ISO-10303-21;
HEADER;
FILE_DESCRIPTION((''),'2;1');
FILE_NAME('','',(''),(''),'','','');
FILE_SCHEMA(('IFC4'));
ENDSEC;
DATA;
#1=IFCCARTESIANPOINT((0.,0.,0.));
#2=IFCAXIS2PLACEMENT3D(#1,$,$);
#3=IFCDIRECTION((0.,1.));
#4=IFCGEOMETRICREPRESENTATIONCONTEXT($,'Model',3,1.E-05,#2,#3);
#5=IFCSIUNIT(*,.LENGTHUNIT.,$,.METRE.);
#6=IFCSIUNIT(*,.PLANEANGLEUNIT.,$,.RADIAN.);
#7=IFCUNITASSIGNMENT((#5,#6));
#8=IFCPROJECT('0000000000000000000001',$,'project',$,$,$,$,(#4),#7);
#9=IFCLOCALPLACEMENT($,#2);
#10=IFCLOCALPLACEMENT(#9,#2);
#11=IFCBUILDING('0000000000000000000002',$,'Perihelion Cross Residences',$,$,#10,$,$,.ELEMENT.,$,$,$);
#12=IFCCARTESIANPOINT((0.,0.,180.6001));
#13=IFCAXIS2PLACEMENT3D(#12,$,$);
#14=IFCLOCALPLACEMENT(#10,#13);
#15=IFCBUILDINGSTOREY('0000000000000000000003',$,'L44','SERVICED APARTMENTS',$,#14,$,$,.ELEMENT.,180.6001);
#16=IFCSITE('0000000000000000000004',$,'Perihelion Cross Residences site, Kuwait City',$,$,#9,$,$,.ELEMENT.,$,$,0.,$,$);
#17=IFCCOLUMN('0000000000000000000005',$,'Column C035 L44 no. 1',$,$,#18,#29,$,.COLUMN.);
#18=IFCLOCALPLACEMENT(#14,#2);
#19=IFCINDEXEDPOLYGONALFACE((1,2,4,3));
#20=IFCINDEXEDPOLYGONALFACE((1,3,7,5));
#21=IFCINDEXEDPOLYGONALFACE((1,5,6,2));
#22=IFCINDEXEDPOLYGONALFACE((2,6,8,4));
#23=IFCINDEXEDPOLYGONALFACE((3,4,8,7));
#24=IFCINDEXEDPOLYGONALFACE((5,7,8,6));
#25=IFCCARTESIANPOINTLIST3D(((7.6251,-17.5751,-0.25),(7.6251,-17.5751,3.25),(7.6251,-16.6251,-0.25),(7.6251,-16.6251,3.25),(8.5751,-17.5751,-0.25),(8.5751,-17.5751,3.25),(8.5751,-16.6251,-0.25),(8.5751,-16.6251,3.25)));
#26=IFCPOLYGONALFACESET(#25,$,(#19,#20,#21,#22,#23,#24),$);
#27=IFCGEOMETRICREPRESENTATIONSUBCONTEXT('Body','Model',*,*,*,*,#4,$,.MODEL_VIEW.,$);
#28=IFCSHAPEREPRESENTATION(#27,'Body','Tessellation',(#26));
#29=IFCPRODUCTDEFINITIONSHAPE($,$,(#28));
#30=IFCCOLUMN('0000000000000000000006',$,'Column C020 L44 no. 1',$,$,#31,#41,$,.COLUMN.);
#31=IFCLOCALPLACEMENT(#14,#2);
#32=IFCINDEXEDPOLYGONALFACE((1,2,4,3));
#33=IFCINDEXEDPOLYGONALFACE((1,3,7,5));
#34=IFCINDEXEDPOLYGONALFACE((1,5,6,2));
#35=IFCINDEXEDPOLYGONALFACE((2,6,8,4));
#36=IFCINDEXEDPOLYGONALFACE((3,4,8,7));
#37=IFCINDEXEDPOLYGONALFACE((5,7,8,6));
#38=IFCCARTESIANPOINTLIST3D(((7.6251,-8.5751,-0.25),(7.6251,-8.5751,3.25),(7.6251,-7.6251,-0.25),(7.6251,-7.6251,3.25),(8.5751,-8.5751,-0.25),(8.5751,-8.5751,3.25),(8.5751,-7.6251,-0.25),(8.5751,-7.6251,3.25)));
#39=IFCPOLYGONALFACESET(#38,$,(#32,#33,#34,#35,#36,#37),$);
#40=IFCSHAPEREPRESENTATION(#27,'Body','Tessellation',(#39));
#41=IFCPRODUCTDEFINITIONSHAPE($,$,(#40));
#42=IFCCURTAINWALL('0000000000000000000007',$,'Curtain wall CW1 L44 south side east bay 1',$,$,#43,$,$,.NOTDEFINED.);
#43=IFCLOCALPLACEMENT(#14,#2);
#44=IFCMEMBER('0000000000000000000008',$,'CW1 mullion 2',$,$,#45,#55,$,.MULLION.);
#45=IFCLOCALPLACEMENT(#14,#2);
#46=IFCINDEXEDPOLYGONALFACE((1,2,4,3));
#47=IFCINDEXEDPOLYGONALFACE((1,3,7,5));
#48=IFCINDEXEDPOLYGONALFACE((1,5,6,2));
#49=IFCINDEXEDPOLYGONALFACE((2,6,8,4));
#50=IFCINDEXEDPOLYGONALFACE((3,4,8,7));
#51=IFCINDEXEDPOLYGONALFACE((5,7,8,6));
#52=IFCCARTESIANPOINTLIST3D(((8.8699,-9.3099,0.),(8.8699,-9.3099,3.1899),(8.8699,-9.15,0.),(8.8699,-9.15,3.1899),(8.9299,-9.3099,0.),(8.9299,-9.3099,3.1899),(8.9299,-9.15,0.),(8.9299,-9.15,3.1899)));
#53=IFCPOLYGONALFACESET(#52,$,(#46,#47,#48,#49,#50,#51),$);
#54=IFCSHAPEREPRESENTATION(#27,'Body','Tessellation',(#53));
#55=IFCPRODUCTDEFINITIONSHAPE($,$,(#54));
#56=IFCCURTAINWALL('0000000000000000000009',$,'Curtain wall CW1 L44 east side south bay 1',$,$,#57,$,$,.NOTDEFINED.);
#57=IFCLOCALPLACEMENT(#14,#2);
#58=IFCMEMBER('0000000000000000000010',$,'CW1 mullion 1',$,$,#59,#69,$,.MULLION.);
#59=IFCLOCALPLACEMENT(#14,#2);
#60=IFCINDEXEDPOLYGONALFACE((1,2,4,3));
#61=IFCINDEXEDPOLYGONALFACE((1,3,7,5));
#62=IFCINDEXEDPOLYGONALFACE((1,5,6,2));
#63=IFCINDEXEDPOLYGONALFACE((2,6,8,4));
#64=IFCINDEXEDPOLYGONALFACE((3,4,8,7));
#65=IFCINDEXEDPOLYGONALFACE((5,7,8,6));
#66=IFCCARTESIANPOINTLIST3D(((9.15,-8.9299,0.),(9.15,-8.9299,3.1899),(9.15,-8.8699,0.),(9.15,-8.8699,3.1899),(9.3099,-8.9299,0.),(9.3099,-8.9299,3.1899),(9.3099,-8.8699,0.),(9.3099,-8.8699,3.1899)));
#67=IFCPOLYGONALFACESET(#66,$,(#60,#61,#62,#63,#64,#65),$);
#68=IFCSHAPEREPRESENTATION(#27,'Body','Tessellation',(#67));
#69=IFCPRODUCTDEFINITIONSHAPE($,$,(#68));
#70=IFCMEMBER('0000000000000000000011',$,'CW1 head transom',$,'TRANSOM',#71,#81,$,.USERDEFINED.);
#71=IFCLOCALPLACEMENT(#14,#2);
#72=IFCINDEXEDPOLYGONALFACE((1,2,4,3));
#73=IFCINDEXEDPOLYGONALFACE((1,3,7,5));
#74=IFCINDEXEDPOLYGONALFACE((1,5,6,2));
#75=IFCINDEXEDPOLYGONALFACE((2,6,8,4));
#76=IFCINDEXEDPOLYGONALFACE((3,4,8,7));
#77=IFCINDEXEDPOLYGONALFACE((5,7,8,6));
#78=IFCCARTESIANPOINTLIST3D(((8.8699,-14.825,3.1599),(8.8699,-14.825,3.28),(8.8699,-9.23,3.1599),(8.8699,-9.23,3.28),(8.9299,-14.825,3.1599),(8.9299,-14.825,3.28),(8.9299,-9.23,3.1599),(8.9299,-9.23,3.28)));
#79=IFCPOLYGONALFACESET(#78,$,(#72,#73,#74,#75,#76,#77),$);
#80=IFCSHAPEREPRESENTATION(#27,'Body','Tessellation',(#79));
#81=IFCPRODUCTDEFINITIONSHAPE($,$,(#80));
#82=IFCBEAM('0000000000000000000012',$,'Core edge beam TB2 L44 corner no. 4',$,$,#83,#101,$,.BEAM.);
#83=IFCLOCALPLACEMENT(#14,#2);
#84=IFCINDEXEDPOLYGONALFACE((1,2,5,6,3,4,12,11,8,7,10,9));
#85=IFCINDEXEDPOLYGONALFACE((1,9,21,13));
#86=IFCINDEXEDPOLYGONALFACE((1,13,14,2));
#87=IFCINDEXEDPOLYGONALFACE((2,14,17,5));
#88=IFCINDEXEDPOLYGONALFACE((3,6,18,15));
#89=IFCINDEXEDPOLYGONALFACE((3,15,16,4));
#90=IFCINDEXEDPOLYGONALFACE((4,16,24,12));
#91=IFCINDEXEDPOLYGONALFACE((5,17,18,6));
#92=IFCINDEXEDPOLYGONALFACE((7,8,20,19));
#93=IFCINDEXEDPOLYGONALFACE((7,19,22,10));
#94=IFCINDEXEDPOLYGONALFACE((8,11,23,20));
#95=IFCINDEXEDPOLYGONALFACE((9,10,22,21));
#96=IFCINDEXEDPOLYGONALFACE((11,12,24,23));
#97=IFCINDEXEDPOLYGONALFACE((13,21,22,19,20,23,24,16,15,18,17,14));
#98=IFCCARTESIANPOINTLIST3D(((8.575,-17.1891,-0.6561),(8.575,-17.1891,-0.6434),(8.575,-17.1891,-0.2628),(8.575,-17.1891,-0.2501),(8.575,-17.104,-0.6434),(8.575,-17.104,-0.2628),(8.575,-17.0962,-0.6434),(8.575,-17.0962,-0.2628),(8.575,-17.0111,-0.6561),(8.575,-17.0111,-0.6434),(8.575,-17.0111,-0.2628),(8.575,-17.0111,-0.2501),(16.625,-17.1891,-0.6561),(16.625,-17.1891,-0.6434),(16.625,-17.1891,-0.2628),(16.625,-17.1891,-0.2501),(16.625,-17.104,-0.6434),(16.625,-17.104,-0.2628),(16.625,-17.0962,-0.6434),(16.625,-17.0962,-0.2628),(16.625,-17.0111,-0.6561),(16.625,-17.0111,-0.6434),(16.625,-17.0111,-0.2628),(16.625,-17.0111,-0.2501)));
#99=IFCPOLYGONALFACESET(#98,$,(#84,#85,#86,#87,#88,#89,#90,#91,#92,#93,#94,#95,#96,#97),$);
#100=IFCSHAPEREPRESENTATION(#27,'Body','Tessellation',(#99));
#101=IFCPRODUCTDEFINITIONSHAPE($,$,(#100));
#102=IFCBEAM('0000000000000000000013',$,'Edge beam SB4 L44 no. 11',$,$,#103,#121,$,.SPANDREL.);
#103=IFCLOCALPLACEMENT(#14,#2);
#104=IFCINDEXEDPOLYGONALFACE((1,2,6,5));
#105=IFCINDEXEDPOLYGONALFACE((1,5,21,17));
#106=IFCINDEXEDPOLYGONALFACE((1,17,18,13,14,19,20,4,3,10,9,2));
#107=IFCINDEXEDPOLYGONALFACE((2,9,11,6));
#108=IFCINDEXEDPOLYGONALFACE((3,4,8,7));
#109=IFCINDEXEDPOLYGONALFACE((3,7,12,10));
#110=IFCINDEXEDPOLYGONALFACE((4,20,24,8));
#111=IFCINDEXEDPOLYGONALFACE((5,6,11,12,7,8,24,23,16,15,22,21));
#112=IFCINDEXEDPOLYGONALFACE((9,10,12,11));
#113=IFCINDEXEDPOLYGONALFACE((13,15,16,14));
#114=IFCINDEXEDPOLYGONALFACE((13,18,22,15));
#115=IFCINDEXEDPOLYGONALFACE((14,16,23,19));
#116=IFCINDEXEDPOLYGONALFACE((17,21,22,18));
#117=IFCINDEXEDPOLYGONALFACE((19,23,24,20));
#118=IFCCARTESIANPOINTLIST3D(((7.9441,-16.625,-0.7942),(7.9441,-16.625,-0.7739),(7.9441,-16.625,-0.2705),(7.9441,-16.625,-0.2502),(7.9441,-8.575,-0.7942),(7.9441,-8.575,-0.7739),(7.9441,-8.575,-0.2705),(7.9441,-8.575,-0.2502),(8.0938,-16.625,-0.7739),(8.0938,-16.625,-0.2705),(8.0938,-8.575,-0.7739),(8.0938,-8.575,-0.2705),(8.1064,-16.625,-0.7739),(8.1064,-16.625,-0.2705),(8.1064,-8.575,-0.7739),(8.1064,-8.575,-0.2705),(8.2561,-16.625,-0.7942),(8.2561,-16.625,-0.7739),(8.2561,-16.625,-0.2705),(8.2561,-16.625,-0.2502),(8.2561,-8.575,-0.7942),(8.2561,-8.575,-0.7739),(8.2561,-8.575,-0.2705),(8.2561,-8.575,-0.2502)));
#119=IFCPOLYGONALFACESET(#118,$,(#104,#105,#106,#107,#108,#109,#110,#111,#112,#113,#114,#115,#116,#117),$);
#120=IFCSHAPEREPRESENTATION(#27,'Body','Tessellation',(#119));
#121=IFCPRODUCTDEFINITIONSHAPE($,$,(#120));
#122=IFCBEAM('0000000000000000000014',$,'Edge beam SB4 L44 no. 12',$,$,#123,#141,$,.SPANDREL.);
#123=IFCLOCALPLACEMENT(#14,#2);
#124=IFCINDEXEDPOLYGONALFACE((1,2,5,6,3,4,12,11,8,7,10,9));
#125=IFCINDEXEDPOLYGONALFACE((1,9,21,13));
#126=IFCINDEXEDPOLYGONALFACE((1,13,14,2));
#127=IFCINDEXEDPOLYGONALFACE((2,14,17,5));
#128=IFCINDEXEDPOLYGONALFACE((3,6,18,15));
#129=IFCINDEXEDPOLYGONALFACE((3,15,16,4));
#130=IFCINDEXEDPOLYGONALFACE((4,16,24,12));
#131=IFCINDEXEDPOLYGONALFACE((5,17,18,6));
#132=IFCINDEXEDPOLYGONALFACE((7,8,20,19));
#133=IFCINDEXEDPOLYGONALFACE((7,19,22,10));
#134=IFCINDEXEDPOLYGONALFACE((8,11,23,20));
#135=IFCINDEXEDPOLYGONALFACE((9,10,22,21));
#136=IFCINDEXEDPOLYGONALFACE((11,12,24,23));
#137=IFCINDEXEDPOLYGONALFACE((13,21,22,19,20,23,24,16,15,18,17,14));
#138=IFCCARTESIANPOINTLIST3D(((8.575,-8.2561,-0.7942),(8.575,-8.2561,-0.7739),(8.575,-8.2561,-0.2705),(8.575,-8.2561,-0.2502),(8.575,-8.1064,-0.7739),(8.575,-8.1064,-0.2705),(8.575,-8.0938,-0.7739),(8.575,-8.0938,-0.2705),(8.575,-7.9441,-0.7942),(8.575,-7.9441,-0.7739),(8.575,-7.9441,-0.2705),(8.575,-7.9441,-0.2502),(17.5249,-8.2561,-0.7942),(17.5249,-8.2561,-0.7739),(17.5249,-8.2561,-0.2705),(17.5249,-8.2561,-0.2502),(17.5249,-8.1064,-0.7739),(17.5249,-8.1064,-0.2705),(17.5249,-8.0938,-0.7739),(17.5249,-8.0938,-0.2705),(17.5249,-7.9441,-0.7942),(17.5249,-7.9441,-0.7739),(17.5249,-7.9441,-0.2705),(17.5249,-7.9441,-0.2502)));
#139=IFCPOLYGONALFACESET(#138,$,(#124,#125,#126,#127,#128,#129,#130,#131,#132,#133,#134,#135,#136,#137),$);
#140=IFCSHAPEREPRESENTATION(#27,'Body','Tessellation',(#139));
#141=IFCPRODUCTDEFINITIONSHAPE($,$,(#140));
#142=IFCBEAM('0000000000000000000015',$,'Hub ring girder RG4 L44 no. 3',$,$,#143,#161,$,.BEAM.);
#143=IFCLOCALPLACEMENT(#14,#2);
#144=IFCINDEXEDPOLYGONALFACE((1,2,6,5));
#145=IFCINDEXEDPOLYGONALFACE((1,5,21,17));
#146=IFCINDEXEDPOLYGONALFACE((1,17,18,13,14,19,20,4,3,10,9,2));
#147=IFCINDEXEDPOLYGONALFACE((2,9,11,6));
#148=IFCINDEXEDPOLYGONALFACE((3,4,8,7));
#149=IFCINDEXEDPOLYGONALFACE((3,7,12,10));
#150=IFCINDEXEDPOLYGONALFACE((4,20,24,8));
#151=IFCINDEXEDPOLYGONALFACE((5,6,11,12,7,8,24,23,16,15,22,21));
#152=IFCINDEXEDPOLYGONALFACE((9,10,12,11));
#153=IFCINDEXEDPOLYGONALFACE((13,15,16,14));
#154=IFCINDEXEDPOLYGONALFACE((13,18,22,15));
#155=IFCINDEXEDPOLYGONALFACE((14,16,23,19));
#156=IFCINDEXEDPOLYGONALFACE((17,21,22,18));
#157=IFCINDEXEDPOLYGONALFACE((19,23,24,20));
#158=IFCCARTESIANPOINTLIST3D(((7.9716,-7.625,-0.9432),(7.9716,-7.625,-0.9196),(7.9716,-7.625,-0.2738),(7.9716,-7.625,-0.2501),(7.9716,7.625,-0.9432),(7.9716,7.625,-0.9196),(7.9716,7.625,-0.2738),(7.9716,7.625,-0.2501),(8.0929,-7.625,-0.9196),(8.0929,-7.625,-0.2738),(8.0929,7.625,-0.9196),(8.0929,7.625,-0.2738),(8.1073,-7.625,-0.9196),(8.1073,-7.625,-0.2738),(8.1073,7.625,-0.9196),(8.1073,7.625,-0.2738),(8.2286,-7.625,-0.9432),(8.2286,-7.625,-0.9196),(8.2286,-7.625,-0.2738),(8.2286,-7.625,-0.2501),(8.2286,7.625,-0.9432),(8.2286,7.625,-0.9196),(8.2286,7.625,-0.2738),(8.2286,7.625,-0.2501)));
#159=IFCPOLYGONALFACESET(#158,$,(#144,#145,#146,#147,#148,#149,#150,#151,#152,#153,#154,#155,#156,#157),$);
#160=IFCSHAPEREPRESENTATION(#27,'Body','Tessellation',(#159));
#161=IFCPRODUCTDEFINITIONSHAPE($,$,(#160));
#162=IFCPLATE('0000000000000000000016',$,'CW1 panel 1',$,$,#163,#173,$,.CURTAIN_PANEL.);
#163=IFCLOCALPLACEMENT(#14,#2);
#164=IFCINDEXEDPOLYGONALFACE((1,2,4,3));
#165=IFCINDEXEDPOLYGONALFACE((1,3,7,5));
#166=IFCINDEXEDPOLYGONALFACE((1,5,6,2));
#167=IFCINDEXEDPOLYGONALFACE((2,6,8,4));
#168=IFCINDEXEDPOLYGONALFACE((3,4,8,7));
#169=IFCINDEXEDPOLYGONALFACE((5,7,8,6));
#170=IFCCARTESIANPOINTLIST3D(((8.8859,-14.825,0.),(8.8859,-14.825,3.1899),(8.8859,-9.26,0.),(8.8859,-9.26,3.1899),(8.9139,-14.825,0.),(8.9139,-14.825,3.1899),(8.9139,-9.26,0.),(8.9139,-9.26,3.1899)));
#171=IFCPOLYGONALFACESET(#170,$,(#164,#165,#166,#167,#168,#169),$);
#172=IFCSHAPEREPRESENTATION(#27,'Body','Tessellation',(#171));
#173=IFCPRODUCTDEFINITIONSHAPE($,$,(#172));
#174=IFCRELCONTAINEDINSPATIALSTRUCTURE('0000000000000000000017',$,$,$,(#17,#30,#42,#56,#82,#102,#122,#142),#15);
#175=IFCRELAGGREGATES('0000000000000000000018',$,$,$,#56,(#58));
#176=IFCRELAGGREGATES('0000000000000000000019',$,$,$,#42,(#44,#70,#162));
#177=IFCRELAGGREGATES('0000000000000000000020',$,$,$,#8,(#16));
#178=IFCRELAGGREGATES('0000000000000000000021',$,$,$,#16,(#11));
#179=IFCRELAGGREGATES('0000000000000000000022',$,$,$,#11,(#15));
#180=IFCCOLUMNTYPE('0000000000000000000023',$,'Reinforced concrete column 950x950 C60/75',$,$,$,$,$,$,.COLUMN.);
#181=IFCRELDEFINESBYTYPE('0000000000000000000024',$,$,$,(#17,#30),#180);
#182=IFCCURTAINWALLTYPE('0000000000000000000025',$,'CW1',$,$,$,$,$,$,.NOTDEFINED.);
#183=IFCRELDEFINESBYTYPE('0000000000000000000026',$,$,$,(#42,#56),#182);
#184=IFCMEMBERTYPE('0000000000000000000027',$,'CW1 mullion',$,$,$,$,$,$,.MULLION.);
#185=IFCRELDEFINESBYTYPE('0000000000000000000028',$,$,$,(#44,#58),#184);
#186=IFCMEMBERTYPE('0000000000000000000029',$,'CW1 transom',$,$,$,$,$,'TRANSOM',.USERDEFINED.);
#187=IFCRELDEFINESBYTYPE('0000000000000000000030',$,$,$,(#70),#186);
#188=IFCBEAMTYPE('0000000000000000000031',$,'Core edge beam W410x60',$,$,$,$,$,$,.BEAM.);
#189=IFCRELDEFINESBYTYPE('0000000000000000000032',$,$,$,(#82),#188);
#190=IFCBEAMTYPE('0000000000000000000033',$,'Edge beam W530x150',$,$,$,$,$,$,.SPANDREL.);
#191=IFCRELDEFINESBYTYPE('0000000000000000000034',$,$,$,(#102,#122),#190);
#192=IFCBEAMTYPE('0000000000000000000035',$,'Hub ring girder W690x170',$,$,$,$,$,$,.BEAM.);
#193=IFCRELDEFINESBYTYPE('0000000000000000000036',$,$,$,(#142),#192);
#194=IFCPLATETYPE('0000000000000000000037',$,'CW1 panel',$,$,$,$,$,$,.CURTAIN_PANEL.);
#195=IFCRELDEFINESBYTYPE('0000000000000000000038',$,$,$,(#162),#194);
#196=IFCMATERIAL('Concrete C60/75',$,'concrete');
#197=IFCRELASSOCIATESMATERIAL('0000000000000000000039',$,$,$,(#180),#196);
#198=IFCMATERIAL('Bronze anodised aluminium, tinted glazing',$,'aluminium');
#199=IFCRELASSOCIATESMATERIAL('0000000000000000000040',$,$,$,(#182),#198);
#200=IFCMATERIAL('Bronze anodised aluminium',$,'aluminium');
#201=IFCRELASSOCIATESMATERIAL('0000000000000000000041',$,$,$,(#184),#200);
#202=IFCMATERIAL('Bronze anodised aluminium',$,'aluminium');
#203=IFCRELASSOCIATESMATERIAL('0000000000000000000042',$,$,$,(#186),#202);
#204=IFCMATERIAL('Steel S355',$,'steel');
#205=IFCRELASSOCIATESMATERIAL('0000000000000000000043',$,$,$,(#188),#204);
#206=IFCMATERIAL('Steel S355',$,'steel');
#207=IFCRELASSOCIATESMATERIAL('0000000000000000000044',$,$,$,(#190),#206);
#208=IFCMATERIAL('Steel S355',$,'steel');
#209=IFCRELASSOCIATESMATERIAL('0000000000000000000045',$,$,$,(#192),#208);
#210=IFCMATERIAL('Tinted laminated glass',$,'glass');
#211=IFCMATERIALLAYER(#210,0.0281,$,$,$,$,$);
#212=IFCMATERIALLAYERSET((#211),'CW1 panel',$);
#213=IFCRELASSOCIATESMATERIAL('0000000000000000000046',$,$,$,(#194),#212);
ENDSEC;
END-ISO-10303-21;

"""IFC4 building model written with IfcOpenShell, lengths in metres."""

from ifc_helpers import new_model, si_unit, direction, frame, origin, origin_2d, place, context, subcontext, project, spatial, rectangle, i_section, extrude, material, layer, layer_set, material_profile, profile_set, type_object, element, aggregate, save


model = new_model("IFC4")

# Units and contexts
model_context = context("Model", 3, precision=1e-05, world=origin(), true_north=direction((0.0, 1.0)))
body_context = subcontext(model_context, "Body", "Model", "MODEL_VIEW")
ifc_project = project(units=[si_unit("LENGTHUNIT", "METRE"), si_unit("PLANEANGLEUNIT", "RADIAN")], contexts=[model_context])

# Site, building, storey
site_placement = place(None, origin())
site = spatial("IfcSite", under=ifc_project, at=site_placement, Name="Perihelion Cross Residences site, Kuwait City", CompositionType="ELEMENT", RefElevation=0.0)
building_placement = place(site_placement, origin())
building = spatial("IfcBuilding", under=site, at=building_placement, Name="Perihelion Cross Residences", CompositionType="ELEMENT")
storey_placement = place(building_placement, frame((0.0, 0.0, 180.6001)))
storey = spatial("IfcBuildingStorey", under=building, at=storey_placement, Name="L44", Description="SERVICED APARTMENTS", CompositionType="ELEMENT", Elevation=180.6001)

# Columns
ifc_material_1 = material(Name="Concrete C60/75", Category="concrete")
ifc_material_profile_1 = material_profile(ifc_material_1, rectangle(XDim=0.95, YDim=0.95, at=origin_2d()), Name="RC 950x950")
ifc_profile_set_1 = profile_set([ifc_material_profile_1], Name="Concrete C60/75")
column_type = type_object("IfcColumnType", Name="Reinforced concrete column 950x950 C60/75", PredefinedType="COLUMN", material=ifc_profile_set_1)
for number, where, z_axis, x_axis, name in (
    (1, (8.1001, -17.1001, -0.25), (0.0, 0.0, 1.0), (1.0, 0.0, 0.0), "Column C035 L44 no. 1"),
    (2, (8.1001, -8.1001, -0.25), (0.0, 0.0, 1.0), (1.0, 0.0, 0.0), "Column C020 L44 no. 1"),
):
    element("IfcColumn", number, at=place(storey_placement, frame(where, z_axis=z_axis, x_axis=x_axis)), inside=storey, type_object=column_type, Name=name, PredefinedType="COLUMN", context=body_context, shape_type="SweptSolid", body=[
        extrude(rectangle(XDim=0.95, YDim=0.95, at=origin_2d()), origin(), (0.0, 0.0, 1.0), 3.5),
    ])

# Curtain walls, members
ifc_material_2 = material(Name="Bronze anodised aluminium, tinted glazing", Category="aluminium")
curtain_wall_type = type_object("IfcCurtainWallType", Name="CW1", PredefinedType="NOTDEFINED", material=ifc_material_2)
curtain_wall_1_placement = place(storey_placement, origin())
curtain_wall_1 = element("IfcCurtainWall", 3, at=curtain_wall_1_placement, inside=storey, type_object=curtain_wall_type, Name="Curtain wall CW1 L44 south side east bay 1", PredefinedType="NOTDEFINED")
ifc_material_3 = material(Name="Bronze anodised aluminium", Category="aluminium")
ifc_material_profile_2 = material_profile(ifc_material_3, rectangle(XDim=0.0601, YDim=0.1599, at=origin_2d()), Name="CW1 mullion")
ifc_profile_set_2 = profile_set([ifc_material_profile_2], Name="Bronze anodised aluminium")
member_type_1 = type_object("IfcMemberType", Name="CW1 mullion", PredefinedType="MULLION", material=ifc_profile_set_2)
member_1_placement = place(storey_placement, frame((8.8999, -9.23, 0.0), z_axis=(0.0, 0.0, 1.0), x_axis=(-1.0, 0.0, 0.0)))
member_1 = element("IfcMember", 4, at=member_1_placement, type_object=member_type_1, Name="CW1 mullion 2", PredefinedType="MULLION", context=body_context, shape_type="SweptSolid", body=[
    extrude(rectangle(XDim=0.0601, YDim=0.1599, at=origin_2d()), origin(), (0.0, 0.0, 1.0), 3.1899),
])
curtain_wall_2_placement = place(storey_placement, origin())
curtain_wall_2 = element("IfcCurtainWall", 5, at=curtain_wall_2_placement, inside=storey, type_object=curtain_wall_type, Name="Curtain wall CW1 L44 east side south bay 1", PredefinedType="NOTDEFINED")
member_2_placement = place(storey_placement, frame((9.23, -8.8999, 0.0), z_axis=(0.0, 0.0, 1.0), x_axis=(0.0, 1.0, 0.0)))
member_2 = element("IfcMember", 6, at=member_2_placement, type_object=member_type_1, Name="CW1 mullion 1", PredefinedType="MULLION", context=body_context, shape_type="SweptSolid", body=[
    extrude(rectangle(XDim=0.0601, YDim=0.1599, at=origin_2d()), origin(), (0.0, 0.0, 1.0), 3.1899),
])
aggregate(curtain_wall_2, [member_2])

# Member
ifc_material_4 = material(Name="Bronze anodised aluminium", Category="aluminium")
ifc_material_profile_3 = material_profile(ifc_material_4, rectangle(XDim=0.0601, YDim=0.1201, at=origin_2d()), Name="CW1 transom")
ifc_profile_set_3 = profile_set([ifc_material_profile_3], Name="Bronze anodised aluminium")
member_type_2 = type_object("IfcMemberType", Name="CW1 transom", ElementType="TRANSOM", PredefinedType="USERDEFINED", material=ifc_profile_set_3)
member_3_placement = place(storey_placement, frame((8.8999, -14.825, 3.22), z_axis=(0.0, 1.0, 0.0), x_axis=(-1.0, 0.0, 0.0)))
member_3 = element("IfcMember", 7, at=member_3_placement, type_object=member_type_2, Name="CW1 head transom", ObjectType="TRANSOM", PredefinedType="USERDEFINED", context=body_context, shape_type="SweptSolid", body=[
    extrude(rectangle(XDim=0.0601, YDim=0.1201, at=origin_2d()), origin(), (0.0, 0.0, 1.0), 5.595),
])

# Beams
ifc_material_5 = material(Name="Steel S355", Category="steel")
ifc_material_profile_4 = material_profile(ifc_material_5, i_section(OverallWidth=0.178, OverallDepth=0.406, WebThickness=0.0078, FlangeThickness=0.0127, at=origin_2d()), Name="W410x60")
ifc_profile_set_4 = profile_set([ifc_material_profile_4], Name="Steel S355")
beam_type_1 = type_object("IfcBeamType", Name="Core edge beam W410x60", PredefinedType="BEAM", material=ifc_profile_set_4)
beam_1_placement = place(storey_placement, frame((8.575, -17.1001, -0.4531), z_axis=(1.0, 0.0, 0.0), x_axis=(0.0, 1.0, 0.0)))
element("IfcBeam", 8, at=beam_1_placement, inside=storey, type_object=beam_type_1, Name="Core edge beam TB2 L44 corner no. 4", PredefinedType="BEAM", context=body_context, shape_type="SweptSolid", body=[
    extrude(i_section(OverallWidth=0.178, OverallDepth=0.406, WebThickness=0.0078, FlangeThickness=0.0127, at=origin_2d()), origin(), (0.0, 0.0, 1.0), 8.05),
])
ifc_material_6 = material(Name="Steel S355", Category="steel")
ifc_material_profile_5 = material_profile(ifc_material_6, i_section(OverallWidth=0.312, OverallDepth=0.5439, WebThickness=0.0127, FlangeThickness=0.0203, at=origin_2d()), Name="W530x150")
ifc_profile_set_5 = profile_set([ifc_material_profile_5], Name="Steel S355")
beam_type_2 = type_object("IfcBeamType", Name="Edge beam W530x150", PredefinedType="SPANDREL", material=ifc_profile_set_5)
beam_2_placement = place(storey_placement, frame((8.1001, -16.625, -0.5222), z_axis=(0.0, 1.0, 0.0), x_axis=(-1.0, 0.0, 0.0)))
element("IfcBeam", 9, at=beam_2_placement, inside=storey, type_object=beam_type_2, Name="Edge beam SB4 L44 no. 11", PredefinedType="SPANDREL", context=body_context, shape_type="SweptSolid", body=[
    extrude(i_section(OverallWidth=0.312, OverallDepth=0.5439, WebThickness=0.0127, FlangeThickness=0.0203, at=origin_2d()), origin(), (0.0, 0.0, 1.0), 8.05),
])
beam_3_placement = place(storey_placement, frame((8.575, -8.1001, -0.5222), z_axis=(1.0, 0.0, 0.0), x_axis=(0.0, 1.0, 0.0)))
element("IfcBeam", 10, at=beam_3_placement, inside=storey, type_object=beam_type_2, Name="Edge beam SB4 L44 no. 12", PredefinedType="SPANDREL", context=body_context, shape_type="SweptSolid", body=[
    extrude(i_section(OverallWidth=0.312, OverallDepth=0.5439, WebThickness=0.0127, FlangeThickness=0.0203, at=origin_2d()), origin(), (0.0, 0.0, 1.0), 8.95),
])
ifc_material_7 = material(Name="Steel S355", Category="steel")
ifc_material_profile_6 = material_profile(ifc_material_7, i_section(OverallWidth=0.2571, OverallDepth=0.6931, WebThickness=0.0144, FlangeThickness=0.0237, at=origin_2d()), Name="W690x170")
ifc_profile_set_6 = profile_set([ifc_material_profile_6], Name="Steel S355")
beam_type_3 = type_object("IfcBeamType", Name="Hub ring girder W690x170", PredefinedType="BEAM", material=ifc_profile_set_6)
beam_4_placement = place(storey_placement, frame((8.1001, -7.625, -0.5967), z_axis=(0.0, 1.0, 0.0), x_axis=(-1.0, 0.0, 0.0)))
element("IfcBeam", 11, at=beam_4_placement, inside=storey, type_object=beam_type_3, Name="Hub ring girder RG4 L44 no. 3", PredefinedType="BEAM", context=body_context, shape_type="SweptSolid", body=[
    extrude(i_section(OverallWidth=0.2571, OverallDepth=0.6931, WebThickness=0.0144, FlangeThickness=0.0237, at=origin_2d()), origin(), (0.0, 0.0, 1.0), 15.25),
])

# Plate
ifc_material_8 = material(Name="Tinted laminated glass", Category="glass")
ifc_layer_1 = layer(ifc_material_8, 0.0281)
ifc_layer_set_1 = layer_set([ifc_layer_1], Name="CW1 panel")
plate_type = type_object("IfcPlateType", Name="CW1 panel", PredefinedType="CURTAIN_PANEL", material=ifc_layer_set_1)
plate_placement = place(storey_placement, frame((8.8999, -12.0425, 0.0), z_axis=(0.0, 0.0, 1.0), x_axis=(0.0, 1.0, 0.0)))
plate = element("IfcPlate", 12, at=plate_placement, type_object=plate_type, Name="CW1 panel 1", PredefinedType="CURTAIN_PANEL", context=body_context, shape_type="SweptSolid", body=[
    extrude(rectangle(XDim=5.5649, YDim=0.0281, at=origin_2d()), origin(), (0.0, 0.0, 1.0), 3.1899),
])
aggregate(curtain_wall_1, [member_1, member_3, plate])

save(model, "model.ifc")
